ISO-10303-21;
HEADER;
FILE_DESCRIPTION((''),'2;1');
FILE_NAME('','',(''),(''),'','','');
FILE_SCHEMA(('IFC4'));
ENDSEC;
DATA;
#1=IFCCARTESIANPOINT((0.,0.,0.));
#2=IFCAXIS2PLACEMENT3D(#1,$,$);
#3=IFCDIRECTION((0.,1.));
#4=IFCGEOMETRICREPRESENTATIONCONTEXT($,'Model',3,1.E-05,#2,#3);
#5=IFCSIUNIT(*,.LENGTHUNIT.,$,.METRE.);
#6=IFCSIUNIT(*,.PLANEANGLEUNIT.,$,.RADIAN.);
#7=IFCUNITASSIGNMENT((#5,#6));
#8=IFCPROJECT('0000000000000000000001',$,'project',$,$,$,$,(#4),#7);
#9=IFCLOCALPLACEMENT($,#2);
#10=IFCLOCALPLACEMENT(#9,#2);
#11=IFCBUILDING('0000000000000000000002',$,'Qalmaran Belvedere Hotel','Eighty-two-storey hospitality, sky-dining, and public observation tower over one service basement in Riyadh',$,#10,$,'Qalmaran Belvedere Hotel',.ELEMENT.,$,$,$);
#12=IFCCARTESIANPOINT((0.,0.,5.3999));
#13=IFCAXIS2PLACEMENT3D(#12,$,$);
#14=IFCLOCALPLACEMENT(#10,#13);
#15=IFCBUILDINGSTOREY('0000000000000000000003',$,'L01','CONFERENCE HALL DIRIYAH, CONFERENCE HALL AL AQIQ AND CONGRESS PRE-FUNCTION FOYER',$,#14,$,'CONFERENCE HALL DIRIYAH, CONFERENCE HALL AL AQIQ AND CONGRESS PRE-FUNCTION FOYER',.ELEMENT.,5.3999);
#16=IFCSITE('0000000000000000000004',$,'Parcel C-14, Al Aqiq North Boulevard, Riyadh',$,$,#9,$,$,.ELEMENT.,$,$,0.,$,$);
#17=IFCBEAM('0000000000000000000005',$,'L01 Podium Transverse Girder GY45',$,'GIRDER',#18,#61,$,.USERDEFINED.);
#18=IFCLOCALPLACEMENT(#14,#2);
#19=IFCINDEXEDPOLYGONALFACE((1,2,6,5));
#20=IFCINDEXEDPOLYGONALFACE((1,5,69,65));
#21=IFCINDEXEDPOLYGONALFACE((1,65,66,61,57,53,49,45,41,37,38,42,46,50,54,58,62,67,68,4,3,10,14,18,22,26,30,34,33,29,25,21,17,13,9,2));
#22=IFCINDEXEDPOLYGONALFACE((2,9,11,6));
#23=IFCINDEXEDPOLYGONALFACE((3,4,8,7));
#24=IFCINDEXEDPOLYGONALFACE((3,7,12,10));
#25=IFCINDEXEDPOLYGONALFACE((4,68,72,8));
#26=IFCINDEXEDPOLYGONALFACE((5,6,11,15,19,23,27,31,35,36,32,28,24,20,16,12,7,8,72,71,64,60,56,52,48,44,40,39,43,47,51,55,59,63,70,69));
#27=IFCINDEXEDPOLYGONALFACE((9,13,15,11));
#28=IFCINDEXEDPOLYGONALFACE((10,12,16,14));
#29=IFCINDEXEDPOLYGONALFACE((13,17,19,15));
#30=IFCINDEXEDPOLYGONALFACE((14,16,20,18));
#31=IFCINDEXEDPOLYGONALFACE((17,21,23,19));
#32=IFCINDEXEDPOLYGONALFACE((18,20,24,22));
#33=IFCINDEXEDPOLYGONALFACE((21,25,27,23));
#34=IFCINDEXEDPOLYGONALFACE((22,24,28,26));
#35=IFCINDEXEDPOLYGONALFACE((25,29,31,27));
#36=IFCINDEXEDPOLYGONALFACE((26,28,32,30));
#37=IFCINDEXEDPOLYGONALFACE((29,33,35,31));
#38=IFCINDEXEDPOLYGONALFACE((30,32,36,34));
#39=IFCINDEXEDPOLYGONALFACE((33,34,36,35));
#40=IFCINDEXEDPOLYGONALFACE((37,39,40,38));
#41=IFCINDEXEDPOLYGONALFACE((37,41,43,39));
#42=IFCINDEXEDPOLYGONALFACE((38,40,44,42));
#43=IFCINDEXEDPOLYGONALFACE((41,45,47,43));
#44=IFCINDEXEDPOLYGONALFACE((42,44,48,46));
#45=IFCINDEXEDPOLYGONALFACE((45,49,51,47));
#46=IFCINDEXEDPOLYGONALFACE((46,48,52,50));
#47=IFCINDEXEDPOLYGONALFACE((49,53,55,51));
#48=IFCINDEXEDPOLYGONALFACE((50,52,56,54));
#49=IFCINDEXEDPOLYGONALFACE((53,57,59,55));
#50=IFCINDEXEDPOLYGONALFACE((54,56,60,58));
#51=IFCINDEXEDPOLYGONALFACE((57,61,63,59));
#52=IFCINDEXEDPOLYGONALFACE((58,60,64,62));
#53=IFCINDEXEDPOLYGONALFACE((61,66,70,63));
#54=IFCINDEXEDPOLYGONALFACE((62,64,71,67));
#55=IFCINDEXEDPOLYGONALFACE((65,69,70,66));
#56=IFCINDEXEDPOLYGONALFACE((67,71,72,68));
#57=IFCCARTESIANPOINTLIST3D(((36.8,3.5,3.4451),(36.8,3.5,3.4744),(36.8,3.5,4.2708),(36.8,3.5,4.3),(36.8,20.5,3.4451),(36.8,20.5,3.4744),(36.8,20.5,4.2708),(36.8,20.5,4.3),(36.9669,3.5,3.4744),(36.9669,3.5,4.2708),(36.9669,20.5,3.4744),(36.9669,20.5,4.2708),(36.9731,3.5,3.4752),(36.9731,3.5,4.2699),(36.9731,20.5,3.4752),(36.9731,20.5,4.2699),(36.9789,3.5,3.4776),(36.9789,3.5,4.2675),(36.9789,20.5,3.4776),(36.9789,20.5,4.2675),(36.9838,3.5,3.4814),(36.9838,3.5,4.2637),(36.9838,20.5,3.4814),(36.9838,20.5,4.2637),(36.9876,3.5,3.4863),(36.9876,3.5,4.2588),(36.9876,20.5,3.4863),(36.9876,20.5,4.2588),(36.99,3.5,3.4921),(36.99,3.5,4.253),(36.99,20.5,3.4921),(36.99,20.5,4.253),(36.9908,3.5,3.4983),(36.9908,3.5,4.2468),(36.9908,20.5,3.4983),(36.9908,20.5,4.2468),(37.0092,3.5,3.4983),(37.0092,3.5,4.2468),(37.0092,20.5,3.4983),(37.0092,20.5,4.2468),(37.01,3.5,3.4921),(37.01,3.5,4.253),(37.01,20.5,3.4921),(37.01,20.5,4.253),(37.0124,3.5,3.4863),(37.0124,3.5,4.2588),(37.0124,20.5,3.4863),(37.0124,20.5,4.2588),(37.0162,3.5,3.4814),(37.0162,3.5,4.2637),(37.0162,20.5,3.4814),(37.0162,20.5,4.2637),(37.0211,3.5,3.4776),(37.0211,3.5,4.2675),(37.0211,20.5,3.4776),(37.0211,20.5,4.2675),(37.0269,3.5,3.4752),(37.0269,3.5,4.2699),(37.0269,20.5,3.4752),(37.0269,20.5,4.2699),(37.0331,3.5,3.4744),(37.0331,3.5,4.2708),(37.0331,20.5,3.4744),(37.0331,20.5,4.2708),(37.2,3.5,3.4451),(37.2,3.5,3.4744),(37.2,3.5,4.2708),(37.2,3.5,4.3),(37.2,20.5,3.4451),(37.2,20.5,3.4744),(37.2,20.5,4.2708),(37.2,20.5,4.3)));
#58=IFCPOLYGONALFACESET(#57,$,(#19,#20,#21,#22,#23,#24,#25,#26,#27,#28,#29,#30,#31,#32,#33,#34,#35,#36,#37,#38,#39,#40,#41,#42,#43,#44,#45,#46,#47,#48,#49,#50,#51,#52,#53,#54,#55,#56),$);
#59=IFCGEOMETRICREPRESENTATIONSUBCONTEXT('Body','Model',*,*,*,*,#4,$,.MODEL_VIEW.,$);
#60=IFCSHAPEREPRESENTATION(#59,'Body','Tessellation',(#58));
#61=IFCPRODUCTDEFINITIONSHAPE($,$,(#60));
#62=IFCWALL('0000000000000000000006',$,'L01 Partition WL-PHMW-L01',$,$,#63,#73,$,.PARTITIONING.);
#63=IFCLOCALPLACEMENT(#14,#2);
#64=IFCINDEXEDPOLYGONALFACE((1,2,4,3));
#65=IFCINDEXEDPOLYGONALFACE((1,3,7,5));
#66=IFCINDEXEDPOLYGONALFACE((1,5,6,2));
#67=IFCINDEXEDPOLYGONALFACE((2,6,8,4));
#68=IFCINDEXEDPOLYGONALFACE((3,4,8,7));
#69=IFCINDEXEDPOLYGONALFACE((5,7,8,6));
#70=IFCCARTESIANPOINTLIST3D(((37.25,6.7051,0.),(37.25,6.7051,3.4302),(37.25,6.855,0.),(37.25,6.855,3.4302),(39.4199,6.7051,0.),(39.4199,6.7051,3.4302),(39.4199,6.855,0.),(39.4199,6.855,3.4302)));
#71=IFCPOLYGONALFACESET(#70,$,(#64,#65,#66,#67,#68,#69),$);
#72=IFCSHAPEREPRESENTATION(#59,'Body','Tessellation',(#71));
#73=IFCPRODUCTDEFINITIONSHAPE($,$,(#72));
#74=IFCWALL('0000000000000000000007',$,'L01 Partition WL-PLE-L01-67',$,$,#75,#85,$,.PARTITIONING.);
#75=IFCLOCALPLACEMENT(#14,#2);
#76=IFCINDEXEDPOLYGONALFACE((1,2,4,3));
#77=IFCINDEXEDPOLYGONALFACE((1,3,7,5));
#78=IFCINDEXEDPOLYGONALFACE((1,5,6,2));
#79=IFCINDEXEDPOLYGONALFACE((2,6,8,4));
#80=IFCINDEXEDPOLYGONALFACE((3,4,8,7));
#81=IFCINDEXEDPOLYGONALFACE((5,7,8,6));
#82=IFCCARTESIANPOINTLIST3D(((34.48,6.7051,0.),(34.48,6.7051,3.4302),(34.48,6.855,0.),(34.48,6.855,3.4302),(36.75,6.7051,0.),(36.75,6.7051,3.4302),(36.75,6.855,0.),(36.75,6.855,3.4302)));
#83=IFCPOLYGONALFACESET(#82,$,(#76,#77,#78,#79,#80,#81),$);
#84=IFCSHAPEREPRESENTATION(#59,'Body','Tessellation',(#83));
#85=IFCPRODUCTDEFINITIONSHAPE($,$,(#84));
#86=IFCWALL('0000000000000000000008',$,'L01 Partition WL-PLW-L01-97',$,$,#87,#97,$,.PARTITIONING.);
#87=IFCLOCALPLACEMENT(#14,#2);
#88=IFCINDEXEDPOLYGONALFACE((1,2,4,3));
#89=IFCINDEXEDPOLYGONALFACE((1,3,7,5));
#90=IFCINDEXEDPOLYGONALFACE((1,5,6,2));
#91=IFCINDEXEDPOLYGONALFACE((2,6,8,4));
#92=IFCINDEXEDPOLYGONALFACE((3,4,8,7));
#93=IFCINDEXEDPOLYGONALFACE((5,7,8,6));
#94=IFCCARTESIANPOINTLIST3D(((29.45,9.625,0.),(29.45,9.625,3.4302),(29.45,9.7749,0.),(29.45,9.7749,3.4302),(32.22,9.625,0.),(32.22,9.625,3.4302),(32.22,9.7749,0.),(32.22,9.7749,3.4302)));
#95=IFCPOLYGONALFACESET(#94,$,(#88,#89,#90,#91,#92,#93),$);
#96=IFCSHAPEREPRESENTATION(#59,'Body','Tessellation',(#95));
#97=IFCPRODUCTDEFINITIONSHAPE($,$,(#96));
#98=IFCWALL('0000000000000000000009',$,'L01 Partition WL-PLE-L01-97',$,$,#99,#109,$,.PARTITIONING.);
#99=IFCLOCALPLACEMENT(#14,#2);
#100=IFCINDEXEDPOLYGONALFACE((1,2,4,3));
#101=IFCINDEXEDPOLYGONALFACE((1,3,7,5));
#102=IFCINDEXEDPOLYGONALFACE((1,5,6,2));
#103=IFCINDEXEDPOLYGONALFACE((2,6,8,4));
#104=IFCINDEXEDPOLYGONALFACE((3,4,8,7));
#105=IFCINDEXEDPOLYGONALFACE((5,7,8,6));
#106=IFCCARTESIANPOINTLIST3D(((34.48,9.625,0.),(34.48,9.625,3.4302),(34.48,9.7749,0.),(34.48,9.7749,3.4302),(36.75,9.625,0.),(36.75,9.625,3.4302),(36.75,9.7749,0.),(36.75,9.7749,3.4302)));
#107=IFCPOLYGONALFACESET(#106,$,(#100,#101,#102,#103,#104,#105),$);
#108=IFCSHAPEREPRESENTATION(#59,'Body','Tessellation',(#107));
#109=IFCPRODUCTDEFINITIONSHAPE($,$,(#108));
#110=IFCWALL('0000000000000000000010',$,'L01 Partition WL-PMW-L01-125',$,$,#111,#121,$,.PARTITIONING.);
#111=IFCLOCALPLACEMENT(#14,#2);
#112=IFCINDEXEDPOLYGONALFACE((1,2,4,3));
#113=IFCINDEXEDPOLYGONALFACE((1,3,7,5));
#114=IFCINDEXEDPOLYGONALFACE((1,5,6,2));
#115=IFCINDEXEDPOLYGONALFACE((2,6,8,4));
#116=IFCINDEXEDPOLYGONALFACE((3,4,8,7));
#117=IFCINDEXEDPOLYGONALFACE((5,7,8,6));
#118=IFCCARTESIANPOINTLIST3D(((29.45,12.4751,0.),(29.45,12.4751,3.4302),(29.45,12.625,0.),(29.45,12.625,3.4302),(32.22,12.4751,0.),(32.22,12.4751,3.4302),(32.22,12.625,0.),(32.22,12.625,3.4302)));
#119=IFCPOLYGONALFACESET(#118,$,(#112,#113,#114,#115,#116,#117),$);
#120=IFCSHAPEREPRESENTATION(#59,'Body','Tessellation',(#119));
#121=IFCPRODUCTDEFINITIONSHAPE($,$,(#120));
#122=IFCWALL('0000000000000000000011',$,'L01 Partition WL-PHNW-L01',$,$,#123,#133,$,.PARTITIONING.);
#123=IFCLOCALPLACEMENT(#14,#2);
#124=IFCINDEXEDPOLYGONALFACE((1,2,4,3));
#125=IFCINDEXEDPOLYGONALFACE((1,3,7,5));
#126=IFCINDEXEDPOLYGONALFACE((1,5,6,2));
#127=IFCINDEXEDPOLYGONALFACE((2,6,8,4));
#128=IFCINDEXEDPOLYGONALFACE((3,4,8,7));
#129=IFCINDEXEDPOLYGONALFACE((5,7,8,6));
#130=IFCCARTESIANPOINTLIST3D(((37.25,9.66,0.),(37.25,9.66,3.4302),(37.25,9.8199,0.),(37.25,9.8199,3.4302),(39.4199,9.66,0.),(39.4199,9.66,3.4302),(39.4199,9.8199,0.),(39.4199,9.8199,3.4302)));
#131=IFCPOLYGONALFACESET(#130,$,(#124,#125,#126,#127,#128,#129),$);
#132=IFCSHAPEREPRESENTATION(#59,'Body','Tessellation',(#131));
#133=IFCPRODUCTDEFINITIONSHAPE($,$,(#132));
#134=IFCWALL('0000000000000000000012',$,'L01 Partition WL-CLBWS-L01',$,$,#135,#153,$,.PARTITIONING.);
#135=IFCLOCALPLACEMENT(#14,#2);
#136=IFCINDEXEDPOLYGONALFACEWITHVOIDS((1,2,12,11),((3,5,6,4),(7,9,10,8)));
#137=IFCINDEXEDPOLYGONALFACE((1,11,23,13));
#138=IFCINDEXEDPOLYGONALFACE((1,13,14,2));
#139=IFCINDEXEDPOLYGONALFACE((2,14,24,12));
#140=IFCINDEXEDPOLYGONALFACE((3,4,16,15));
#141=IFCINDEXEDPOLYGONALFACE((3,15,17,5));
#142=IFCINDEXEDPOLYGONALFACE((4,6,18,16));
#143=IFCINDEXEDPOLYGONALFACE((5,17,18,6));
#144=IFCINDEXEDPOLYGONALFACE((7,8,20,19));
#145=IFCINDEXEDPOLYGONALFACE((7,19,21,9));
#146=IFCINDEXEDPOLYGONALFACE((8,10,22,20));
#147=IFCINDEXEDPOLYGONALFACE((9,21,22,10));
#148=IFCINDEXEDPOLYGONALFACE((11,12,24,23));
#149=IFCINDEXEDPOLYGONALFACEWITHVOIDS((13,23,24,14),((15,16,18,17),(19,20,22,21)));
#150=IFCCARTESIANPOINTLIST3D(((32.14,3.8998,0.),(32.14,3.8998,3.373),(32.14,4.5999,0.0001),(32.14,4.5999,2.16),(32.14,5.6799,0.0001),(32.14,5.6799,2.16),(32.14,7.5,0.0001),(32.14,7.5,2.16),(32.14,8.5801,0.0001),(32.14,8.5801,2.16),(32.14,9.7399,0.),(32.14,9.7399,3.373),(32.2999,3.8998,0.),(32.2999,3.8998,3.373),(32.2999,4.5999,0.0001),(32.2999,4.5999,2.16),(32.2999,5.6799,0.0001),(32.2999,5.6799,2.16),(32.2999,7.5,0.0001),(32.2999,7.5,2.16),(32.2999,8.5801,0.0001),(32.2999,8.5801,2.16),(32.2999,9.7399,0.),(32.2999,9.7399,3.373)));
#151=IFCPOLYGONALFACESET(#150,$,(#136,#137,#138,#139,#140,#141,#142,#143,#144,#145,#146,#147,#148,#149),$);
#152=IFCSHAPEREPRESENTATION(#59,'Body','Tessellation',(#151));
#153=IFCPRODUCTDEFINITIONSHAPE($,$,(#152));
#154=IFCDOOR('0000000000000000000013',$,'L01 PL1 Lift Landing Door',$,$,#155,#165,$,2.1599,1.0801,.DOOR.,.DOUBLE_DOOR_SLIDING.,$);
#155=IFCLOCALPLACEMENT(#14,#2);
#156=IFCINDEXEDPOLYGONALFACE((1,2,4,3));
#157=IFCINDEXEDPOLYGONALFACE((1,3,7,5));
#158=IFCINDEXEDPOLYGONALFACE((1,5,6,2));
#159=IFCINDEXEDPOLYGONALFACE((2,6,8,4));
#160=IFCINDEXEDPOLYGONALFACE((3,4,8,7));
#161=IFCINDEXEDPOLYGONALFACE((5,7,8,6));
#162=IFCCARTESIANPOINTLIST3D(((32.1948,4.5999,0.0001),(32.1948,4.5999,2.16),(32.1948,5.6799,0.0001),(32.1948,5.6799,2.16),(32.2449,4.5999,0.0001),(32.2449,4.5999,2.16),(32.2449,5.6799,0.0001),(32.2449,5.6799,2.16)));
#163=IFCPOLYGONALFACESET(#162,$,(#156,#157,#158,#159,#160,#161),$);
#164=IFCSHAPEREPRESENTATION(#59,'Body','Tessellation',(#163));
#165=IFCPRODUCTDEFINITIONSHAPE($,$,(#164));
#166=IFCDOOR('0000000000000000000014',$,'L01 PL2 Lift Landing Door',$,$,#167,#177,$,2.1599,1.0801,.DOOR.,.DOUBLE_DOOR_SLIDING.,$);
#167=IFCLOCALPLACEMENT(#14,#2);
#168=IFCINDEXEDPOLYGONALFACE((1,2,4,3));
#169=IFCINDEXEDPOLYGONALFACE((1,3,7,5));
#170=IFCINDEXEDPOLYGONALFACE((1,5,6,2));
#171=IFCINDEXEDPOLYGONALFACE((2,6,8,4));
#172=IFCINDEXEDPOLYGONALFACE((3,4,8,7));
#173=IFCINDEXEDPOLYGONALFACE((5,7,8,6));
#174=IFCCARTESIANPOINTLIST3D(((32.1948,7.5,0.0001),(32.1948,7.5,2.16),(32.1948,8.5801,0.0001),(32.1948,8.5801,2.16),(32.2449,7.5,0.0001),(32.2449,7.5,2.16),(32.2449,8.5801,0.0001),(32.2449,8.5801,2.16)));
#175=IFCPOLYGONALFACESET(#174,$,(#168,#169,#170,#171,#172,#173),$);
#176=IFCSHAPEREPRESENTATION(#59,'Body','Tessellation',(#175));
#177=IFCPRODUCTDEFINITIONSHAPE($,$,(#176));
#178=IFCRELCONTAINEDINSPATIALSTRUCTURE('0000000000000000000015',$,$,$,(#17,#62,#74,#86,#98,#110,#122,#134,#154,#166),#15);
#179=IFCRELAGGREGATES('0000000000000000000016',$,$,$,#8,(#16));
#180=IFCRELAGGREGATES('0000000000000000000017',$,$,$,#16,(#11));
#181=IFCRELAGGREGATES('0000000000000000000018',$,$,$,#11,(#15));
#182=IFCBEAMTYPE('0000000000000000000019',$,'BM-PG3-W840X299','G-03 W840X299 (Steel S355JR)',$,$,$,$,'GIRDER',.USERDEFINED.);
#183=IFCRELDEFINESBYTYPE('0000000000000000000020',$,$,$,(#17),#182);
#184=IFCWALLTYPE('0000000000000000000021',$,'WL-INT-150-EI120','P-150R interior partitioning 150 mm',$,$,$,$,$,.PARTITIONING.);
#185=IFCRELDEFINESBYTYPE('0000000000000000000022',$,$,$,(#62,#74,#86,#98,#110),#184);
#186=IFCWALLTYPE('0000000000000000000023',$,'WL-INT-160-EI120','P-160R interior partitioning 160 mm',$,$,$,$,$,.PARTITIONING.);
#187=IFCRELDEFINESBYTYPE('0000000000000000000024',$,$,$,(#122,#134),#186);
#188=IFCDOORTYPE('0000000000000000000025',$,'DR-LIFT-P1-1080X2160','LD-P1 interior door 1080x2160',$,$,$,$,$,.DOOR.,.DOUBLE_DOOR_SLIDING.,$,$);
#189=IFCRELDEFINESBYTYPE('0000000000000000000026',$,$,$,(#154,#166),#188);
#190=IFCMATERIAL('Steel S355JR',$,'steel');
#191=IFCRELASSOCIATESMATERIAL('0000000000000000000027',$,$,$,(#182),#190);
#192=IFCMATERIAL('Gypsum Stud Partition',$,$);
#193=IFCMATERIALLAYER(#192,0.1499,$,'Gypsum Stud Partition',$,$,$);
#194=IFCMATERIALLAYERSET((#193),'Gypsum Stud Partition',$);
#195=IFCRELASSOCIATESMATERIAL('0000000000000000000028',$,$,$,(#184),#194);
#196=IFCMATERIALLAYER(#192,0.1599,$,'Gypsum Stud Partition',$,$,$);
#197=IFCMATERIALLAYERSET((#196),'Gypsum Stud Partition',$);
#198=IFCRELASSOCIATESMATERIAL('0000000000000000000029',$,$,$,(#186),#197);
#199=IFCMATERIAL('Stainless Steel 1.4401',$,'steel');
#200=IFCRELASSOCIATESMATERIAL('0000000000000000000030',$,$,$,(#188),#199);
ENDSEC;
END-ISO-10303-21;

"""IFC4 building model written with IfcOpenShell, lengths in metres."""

from ifc_helpers import new_model, si_unit, direction, frame, frame_2d, origin, origin_2d, place, context, subcontext, project, spatial, rectangle, i_section, extrude, material, layer, layer_set, material_profile, profile_set, type_object, element, fill, save


model = new_model("IFC4")

# Units and contexts
model_context = context("Model", 3, precision=1e-05, world=origin(), true_north=direction((0.0, 1.0)))
body_context = subcontext(model_context, "Body", "Model", "MODEL_VIEW")
ifc_project = project(units=[si_unit("LENGTHUNIT", "METRE"), si_unit("PLANEANGLEUNIT", "RADIAN")], contexts=[model_context])

# Site, building, storey
site_placement = place(None, origin())
site = spatial("IfcSite", under=ifc_project, at=site_placement, Name="Parcel C-14, Al Aqiq North Boulevard, Riyadh", CompositionType="ELEMENT", RefElevation=0.0)
building_placement = place(site_placement, origin())
building = spatial("IfcBuilding", under=site, at=building_placement, Name="Qalmaran Belvedere Hotel", Description="Eighty-two-storey hospitality, sky-dining, and public observation tower over one service basement in Riyadh", LongName="Qalmaran Belvedere Hotel", CompositionType="ELEMENT")
storey_placement = place(building_placement, frame((0.0, 0.0, 5.3999)))
storey = spatial("IfcBuildingStorey", under=building, at=storey_placement, Name="L01", Description="CONFERENCE HALL DIRIYAH, CONFERENCE HALL AL AQIQ AND CONGRESS PRE-FUNCTION FOYER", LongName="CONFERENCE HALL DIRIYAH, CONFERENCE HALL AL AQIQ AND CONGRESS PRE-FUNCTION FOYER", CompositionType="ELEMENT", Elevation=5.3999)

# Beam
ifc_material_1 = material(Name="Steel S355JR", Category="steel")
ifc_material_profile = material_profile(ifc_material_1, i_section(OverallWidth=0.3999, OverallDepth=0.855, WebThickness=0.0183, FlangeThickness=0.0293, FilletRadius=0.0239, at=origin_2d()), Name="W840X299")
ifc_profile_set = profile_set([ifc_material_profile], Name="Steel S355JR")
beam_type = type_object("IfcBeamType", Name="BM-PG3-W840X299", Description="G-03 W840X299 (Steel S355JR)", ElementType="GIRDER", PredefinedType="USERDEFINED", material=ifc_profile_set)
beam_placement = place(storey_placement, frame((37.0, 3.5, 3.8726), z_axis=(0.0, 1.0, 0.0), x_axis=(-1.0, 0.0, 0.0)))
element("IfcBeam", 1, at=beam_placement, inside=storey, type_object=beam_type, Name="L01 Podium Transverse Girder GY45", ObjectType="GIRDER", PredefinedType="USERDEFINED", context=body_context, shape_type="SweptSolid", body=[
    extrude(i_section(OverallWidth=0.3999, OverallDepth=0.855, WebThickness=0.0183, FlangeThickness=0.0293, FilletRadius=0.0239, at=origin_2d()), origin(), (0.0, 0.0, 1.0), 17.0),
])

# Walls
ifc_material_2 = material(Name="Gypsum Stud Partition")
ifc_layer_1 = layer(ifc_material_2, 0.1499, Name="Gypsum Stud Partition")
ifc_layer_set_1 = layer_set([ifc_layer_1], Name="Gypsum Stud Partition")
wall_type_1 = type_object("IfcWallType", Name="WL-INT-150-EI120", Description="P-150R interior partitioning 150 mm", PredefinedType="PARTITIONING", material=ifc_layer_set_1)
wall_1_placement = place(storey_placement, frame((37.25, 6.78, 0.0), z_axis=(0.0, 0.0, 1.0), x_axis=(1.0, 0.0, 0.0)))
element("IfcWall", 2, at=wall_1_placement, inside=storey, type_object=wall_type_1, Name="L01 Partition WL-PHMW-L01", PredefinedType="PARTITIONING", context=body_context, shape_type="SweptSolid", body=[
    extrude(rectangle(XDim=2.1699, YDim=0.1499, at=frame_2d((1.085, 0.0))), origin(), (0.0, 0.0, 1.0), 3.4302),
])
wall_2_placement = place(storey_placement, frame((34.48, 6.78, 0.0), z_axis=(0.0, 0.0, 1.0), x_axis=(1.0, 0.0, 0.0)))
element("IfcWall", 3, at=wall_2_placement, inside=storey, type_object=wall_type_1, Name="L01 Partition WL-PLE-L01-67", PredefinedType="PARTITIONING", context=body_context, shape_type="SweptSolid", body=[
    extrude(rectangle(XDim=2.27, YDim=0.1499, at=frame_2d((1.135, 0.0))), origin(), (0.0, 0.0, 1.0), 3.4302),
])
wall_3_placement = place(storey_placement, frame((29.45, 9.7, 0.0), z_axis=(0.0, 0.0, 1.0), x_axis=(1.0, 0.0, 0.0)))
element("IfcWall", 4, at=wall_3_placement, inside=storey, type_object=wall_type_1, Name="L01 Partition WL-PLW-L01-97", PredefinedType="PARTITIONING", context=body_context, shape_type="SweptSolid", body=[
    extrude(rectangle(XDim=2.77, YDim=0.1499, at=frame_2d((1.385, 0.0))), origin(), (0.0, 0.0, 1.0), 3.4302),
])
wall_4_placement = place(storey_placement, frame((34.48, 9.7, 0.0), z_axis=(0.0, 0.0, 1.0), x_axis=(1.0, 0.0, 0.0)))
element("IfcWall", 5, at=wall_4_placement, inside=storey, type_object=wall_type_1, Name="L01 Partition WL-PLE-L01-97", PredefinedType="PARTITIONING", context=body_context, shape_type="SweptSolid", body=[
    extrude(rectangle(XDim=2.27, YDim=0.1499, at=frame_2d((1.135, 0.0))), origin(), (0.0, 0.0, 1.0), 3.4302),
])
wall_5_placement = place(storey_placement, frame((29.45, 12.55, 0.0), z_axis=(0.0, 0.0, 1.0), x_axis=(1.0, 0.0, 0.0)))
element("IfcWall", 6, at=wall_5_placement, inside=storey, type_object=wall_type_1, Name="L01 Partition WL-PMW-L01-125", PredefinedType="PARTITIONING", context=body_context, shape_type="SweptSolid", body=[
    extrude(rectangle(XDim=2.77, YDim=0.1499, at=frame_2d((1.385, 0.0))), origin(), (0.0, 0.0, 1.0), 3.4302),
])
ifc_layer_2 = layer(ifc_material_2, 0.1599, Name="Gypsum Stud Partition")
ifc_layer_set_2 = layer_set([ifc_layer_2], Name="Gypsum Stud Partition")
wall_type_2 = type_object("IfcWallType", Name="WL-INT-160-EI120", Description="P-160R interior partitioning 160 mm", PredefinedType="PARTITIONING", material=ifc_layer_set_2)
wall_6_placement = place(storey_placement, frame((37.25, 9.74, 0.0), z_axis=(0.0, 0.0, 1.0), x_axis=(1.0, 0.0, 0.0)))
element("IfcWall", 7, at=wall_6_placement, inside=storey, type_object=wall_type_2, Name="L01 Partition WL-PHNW-L01", PredefinedType="PARTITIONING", context=body_context, shape_type="SweptSolid", body=[
    extrude(rectangle(XDim=2.1699, YDim=0.1599, at=frame_2d((1.085, 0.0))), origin(), (0.0, 0.0, 1.0), 3.4302),
])

# Wall, openings, doors
wall_7_placement = place(storey_placement, frame((32.22, 3.8999, 0.0), z_axis=(0.0, 0.0, 1.0), x_axis=(0.0, 1.0, 0.0)))
wall_7 = element("IfcWall", 8, at=wall_7_placement, inside=storey, type_object=wall_type_2, Name="L01 Partition WL-CLBWS-L01", PredefinedType="PARTITIONING", context=body_context, shape_type="SweptSolid", body=[
    extrude(rectangle(XDim=5.8401, YDim=0.1599, at=frame_2d((2.9199, 0.0))), origin(), (0.0, 0.0, 1.0), 3.373),
])
opening_1_placement = place(wall_7_placement, frame((1.78, 0.0, 0.0), z_axis=(0.0, 0.0, 1.0), x_axis=(-1.0, 0.0, 0.0)))
opening_1 = element("IfcOpeningElement", 9, at=opening_1_placement, cuts=wall_7, PredefinedType="OPENING", context=body_context, shape_type="SweptSolid", body=[
    extrude(rectangle(XDim=1.0801, YDim=2.1599, at=frame_2d((0.54, 1.0801))), frame((0.0, 0.0898, 0.0), z_axis=(0.0, -1.0, 0.0), x_axis=(1.0, 0.0, 0.0)), (0.0, 0.0, 1.0), 0.1799),
])
opening_2_placement = place(wall_7_placement, frame((4.6802, 0.0, 0.0), z_axis=(0.0, 0.0, 1.0), x_axis=(-1.0, 0.0, 0.0)))
opening_2 = element("IfcOpeningElement", 10, at=opening_2_placement, cuts=wall_7, PredefinedType="OPENING", context=body_context, shape_type="SweptSolid", body=[
    extrude(rectangle(XDim=1.0801, YDim=2.1599, at=frame_2d((0.54, 1.0801))), frame((0.0, 0.0898, 0.0), z_axis=(0.0, -1.0, 0.0), x_axis=(1.0, 0.0, 0.0)), (0.0, 0.0, 1.0), 0.1799),
])
ifc_material_3 = material(Name="Stainless Steel 1.4401", Category="steel")
door_type_1 = type_object("IfcDoorType", Name="DR-LIFT-P1-1080X2160", Description="LD-P1 interior door 1080x2160", OperationType="DOUBLE_DOOR_SLIDING", PredefinedType="DOOR", material=ifc_material_3)
door_1_placement = place(opening_1_placement, origin())
door_1 = element("IfcDoor", 11, at=door_1_placement, inside=storey, type_object=door_type_1, Name="L01 PL1 Lift Landing Door", OperationType="DOUBLE_DOOR_SLIDING", OverallHeight=2.1599, OverallWidth=1.0801, PredefinedType="DOOR", context=body_context, shape_type="SweptSolid", body=[
    extrude(rectangle(XDim=1.0801, YDim=2.1599, at=frame_2d((0.54, 1.0801))), frame((0.0, 0.0249, 0.0), z_axis=(0.0, -1.0, 0.0), x_axis=(1.0, 0.0, 0.0)), (0.0, 0.0, 1.0), 0.05),
])
fill(opening_1, door_1)
door_2_placement = place(opening_2_placement, origin())
door_2 = element("IfcDoor", 12, at=door_2_placement, inside=storey, type_object=door_type_1, Name="L01 PL2 Lift Landing Door", OperationType="DOUBLE_DOOR_SLIDING", OverallHeight=2.1599, OverallWidth=1.0801, PredefinedType="DOOR", context=body_context, shape_type="SweptSolid", body=[
    extrude(rectangle(XDim=1.0801, YDim=2.1599, at=frame_2d((0.54, 1.0801))), frame((0.0, 0.0249, 0.0), z_axis=(0.0, -1.0, 0.0), x_axis=(1.0, 0.0, 0.0)), (0.0, 0.0, 1.0), 0.05),
])
fill(opening_2, door_2)

save(model, "model.ifc")
